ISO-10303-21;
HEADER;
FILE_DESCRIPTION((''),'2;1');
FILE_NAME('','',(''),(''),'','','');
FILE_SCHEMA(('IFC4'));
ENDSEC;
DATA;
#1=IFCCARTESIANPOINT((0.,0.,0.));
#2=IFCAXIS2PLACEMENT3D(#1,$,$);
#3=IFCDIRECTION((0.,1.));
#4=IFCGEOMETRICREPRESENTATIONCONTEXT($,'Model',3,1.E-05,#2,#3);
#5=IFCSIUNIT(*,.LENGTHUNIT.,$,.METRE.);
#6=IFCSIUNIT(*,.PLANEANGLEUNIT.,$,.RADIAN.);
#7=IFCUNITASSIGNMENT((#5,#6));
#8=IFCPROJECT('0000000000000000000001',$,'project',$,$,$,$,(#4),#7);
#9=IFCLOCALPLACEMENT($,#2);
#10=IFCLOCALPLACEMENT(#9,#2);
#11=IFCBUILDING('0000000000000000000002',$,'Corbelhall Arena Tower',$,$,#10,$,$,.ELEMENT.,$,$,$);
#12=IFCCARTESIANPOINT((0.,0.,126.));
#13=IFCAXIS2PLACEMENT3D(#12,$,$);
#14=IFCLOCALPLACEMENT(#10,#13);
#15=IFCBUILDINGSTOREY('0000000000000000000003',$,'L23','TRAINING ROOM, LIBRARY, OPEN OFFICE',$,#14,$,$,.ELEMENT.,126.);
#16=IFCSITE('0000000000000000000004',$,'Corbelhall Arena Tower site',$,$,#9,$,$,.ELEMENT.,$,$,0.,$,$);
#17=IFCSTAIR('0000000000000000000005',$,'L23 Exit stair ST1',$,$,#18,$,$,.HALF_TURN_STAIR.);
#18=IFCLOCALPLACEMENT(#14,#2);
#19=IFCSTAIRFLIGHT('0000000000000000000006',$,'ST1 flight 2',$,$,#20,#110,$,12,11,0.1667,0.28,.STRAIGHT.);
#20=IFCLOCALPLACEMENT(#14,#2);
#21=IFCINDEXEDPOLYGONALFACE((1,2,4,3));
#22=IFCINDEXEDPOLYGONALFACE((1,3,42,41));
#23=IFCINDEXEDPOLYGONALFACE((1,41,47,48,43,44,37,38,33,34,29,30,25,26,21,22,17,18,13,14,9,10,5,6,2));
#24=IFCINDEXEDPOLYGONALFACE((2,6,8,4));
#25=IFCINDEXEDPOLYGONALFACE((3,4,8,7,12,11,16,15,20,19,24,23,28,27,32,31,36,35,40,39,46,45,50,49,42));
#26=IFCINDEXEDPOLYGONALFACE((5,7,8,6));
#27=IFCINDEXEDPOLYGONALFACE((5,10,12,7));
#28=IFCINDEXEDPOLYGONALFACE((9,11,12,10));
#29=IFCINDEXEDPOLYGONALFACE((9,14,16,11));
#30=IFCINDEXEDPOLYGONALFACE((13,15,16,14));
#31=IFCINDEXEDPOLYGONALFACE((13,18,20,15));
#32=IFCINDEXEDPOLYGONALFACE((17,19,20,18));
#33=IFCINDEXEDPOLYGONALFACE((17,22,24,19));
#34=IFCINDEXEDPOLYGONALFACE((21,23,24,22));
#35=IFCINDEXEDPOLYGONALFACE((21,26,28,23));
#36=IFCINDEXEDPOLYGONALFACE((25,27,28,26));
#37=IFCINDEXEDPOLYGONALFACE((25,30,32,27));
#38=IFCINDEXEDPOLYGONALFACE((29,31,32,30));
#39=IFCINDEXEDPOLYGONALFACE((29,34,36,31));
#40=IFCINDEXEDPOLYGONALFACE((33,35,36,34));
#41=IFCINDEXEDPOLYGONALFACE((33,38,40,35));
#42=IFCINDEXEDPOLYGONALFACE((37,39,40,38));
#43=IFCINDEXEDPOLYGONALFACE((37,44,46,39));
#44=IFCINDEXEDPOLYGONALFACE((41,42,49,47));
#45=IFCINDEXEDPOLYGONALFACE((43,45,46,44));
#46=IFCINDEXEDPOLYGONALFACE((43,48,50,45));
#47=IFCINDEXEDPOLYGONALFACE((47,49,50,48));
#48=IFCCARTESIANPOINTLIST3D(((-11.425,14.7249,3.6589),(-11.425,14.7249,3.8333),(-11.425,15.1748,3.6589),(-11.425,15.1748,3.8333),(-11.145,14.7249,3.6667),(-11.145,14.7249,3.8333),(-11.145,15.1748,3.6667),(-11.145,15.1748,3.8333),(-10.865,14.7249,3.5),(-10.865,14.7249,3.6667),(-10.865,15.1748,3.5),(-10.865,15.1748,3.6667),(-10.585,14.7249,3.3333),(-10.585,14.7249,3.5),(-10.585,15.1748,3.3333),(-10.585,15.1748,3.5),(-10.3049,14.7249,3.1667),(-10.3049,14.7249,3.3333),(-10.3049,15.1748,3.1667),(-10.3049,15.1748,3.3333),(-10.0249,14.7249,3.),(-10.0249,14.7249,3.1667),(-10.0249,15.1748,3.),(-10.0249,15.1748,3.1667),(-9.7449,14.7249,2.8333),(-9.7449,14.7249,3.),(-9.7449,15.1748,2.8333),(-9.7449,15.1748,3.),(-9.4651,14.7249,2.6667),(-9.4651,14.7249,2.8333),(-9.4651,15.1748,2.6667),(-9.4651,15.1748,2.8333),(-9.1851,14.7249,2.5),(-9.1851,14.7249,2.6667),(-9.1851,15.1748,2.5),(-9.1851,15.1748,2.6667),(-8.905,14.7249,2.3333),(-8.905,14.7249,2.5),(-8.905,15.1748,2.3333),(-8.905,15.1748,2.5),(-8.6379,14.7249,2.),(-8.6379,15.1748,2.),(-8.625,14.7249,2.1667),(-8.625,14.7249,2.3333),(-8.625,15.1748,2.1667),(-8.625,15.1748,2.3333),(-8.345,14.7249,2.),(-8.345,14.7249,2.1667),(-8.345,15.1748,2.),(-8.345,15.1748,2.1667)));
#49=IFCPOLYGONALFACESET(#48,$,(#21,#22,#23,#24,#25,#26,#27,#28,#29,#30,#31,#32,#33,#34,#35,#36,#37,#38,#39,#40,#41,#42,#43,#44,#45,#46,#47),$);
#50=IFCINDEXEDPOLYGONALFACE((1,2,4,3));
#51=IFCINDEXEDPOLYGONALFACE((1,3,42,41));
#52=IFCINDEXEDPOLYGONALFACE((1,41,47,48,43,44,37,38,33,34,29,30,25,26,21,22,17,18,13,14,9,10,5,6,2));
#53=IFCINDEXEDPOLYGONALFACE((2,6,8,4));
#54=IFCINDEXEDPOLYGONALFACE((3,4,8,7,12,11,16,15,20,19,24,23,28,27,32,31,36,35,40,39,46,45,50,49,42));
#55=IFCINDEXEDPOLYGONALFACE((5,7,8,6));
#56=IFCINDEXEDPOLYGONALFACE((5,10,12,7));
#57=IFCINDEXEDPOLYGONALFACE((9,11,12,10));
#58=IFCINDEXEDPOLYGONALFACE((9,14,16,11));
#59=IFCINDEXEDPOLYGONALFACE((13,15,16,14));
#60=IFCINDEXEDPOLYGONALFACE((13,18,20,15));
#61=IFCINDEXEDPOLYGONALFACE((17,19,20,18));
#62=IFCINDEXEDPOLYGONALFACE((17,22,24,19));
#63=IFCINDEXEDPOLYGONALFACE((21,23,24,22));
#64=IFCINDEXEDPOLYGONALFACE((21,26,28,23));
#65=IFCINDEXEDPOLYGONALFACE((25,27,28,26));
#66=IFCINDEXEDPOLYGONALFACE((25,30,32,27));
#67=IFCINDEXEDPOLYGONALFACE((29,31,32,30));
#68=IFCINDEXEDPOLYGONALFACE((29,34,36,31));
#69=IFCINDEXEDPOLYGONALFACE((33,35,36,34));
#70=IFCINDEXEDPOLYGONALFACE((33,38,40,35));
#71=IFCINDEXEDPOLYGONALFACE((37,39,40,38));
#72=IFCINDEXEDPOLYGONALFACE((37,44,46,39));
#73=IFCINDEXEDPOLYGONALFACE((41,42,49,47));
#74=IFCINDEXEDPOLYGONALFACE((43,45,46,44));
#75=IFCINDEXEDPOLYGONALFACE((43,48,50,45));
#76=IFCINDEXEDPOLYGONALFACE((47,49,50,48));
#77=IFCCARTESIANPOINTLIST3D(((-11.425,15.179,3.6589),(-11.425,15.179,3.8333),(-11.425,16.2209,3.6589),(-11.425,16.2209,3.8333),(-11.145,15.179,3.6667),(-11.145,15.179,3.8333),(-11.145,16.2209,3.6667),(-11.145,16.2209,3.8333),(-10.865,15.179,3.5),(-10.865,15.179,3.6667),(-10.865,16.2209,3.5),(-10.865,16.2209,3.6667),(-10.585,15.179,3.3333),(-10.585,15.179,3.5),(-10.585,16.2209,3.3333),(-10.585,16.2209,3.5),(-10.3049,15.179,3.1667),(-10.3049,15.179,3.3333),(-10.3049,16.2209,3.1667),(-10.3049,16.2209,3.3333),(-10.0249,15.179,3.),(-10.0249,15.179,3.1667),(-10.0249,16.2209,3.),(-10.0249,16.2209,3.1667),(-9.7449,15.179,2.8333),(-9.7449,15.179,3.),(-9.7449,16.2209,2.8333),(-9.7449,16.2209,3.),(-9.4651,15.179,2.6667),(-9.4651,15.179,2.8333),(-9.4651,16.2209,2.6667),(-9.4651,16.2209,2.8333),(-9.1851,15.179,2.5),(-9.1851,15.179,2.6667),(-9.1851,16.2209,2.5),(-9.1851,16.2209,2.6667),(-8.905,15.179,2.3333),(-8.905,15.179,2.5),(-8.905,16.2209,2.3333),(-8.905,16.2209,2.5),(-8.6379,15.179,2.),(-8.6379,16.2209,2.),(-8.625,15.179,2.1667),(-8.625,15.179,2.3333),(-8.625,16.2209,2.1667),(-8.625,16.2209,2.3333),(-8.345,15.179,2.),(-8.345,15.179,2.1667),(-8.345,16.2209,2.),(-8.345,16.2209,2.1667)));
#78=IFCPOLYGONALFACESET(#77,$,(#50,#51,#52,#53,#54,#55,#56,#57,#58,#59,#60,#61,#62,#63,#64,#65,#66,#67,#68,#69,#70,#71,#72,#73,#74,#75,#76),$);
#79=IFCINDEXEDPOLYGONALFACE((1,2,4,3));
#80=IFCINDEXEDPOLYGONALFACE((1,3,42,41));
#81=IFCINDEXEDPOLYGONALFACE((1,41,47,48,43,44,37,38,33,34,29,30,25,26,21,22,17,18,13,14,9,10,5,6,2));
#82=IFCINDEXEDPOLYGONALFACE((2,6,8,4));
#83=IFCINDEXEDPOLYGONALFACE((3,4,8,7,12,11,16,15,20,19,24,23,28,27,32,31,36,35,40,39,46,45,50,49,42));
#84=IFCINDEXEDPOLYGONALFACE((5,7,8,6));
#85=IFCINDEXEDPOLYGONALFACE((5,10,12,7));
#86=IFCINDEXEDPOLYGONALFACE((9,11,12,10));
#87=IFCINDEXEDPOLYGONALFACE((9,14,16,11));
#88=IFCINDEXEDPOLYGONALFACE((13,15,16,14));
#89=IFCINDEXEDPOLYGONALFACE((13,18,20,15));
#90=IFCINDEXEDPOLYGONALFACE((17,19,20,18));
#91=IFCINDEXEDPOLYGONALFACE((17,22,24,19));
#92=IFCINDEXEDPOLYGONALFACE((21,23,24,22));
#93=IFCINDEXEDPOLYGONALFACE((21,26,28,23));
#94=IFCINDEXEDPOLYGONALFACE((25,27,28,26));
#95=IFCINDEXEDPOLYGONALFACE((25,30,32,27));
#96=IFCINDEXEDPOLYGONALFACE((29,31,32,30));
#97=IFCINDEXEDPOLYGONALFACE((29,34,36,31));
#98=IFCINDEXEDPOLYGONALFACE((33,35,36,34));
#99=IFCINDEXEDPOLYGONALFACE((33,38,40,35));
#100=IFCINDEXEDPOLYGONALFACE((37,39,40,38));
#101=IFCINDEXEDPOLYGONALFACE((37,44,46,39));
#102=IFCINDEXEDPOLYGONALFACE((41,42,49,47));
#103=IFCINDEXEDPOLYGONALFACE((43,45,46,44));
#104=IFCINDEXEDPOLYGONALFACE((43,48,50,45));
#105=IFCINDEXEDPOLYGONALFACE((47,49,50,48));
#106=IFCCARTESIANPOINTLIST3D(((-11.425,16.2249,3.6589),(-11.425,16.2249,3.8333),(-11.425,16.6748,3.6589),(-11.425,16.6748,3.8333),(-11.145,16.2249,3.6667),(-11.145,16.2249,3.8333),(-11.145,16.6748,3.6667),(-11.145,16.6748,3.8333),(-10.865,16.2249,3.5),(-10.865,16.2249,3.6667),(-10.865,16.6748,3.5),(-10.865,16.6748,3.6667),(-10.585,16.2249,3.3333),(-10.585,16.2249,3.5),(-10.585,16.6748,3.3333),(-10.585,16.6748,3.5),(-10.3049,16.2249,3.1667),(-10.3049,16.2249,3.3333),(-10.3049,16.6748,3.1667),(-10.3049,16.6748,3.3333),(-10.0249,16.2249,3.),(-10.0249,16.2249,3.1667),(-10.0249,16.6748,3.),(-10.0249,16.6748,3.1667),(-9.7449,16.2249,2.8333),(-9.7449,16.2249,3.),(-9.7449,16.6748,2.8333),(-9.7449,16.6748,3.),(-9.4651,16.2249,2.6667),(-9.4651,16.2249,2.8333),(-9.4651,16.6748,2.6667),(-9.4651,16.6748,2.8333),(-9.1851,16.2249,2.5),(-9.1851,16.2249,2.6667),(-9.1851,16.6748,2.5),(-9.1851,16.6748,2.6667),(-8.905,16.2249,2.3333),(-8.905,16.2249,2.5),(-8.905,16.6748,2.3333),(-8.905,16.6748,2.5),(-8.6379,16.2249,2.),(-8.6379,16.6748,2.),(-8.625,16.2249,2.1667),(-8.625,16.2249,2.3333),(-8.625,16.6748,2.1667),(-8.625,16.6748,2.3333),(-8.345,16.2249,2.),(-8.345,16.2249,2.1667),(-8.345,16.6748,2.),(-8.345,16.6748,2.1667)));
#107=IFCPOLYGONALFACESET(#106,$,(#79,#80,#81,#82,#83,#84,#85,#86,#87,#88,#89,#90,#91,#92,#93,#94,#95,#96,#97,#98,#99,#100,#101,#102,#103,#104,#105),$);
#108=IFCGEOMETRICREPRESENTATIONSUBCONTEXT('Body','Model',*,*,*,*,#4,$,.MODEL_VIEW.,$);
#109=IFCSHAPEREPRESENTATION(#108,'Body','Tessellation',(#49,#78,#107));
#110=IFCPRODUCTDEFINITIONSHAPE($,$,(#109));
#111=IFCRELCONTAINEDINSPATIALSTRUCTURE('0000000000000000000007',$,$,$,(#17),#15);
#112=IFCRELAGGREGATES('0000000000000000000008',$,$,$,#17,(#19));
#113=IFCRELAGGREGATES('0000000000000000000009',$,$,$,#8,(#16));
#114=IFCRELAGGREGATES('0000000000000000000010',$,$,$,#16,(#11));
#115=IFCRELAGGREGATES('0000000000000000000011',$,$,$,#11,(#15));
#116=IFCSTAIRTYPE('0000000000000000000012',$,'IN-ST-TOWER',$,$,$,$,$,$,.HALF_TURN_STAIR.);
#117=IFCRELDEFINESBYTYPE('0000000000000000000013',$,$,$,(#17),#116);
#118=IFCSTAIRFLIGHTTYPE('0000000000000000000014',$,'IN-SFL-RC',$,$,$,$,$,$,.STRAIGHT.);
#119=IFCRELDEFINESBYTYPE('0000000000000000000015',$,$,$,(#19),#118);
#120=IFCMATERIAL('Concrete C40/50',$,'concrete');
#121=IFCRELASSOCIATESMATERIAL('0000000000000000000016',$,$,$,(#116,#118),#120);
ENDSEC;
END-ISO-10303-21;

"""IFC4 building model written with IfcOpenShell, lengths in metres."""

from ifc_helpers import new_model, si_unit, direction, frame, origin, place, context, subcontext, project, spatial, polyline, outline, extrude, material, type_object, element, aggregate, save


model = new_model("IFC4")

# Units and contexts
model_context = context("Model", 3, precision=1e-05, world=origin(), true_north=direction((0.0, 1.0)))
body_context = subcontext(model_context, "Body", "Model", "MODEL_VIEW")
ifc_project = project(units=[si_unit("LENGTHUNIT", "METRE"), si_unit("PLANEANGLEUNIT", "RADIAN")], contexts=[model_context])

# Site, building, storey
site_placement = place(None, origin())
site = spatial("IfcSite", under=ifc_project, at=site_placement, Name="Corbelhall Arena Tower site", CompositionType="ELEMENT", RefElevation=0.0)
building_placement = place(site_placement, origin())
building = spatial("IfcBuilding", under=site, at=building_placement, Name="Corbelhall Arena Tower", CompositionType="ELEMENT")
storey_placement = place(building_placement, frame((0.0, 0.0, 126.0)))
storey = spatial("IfcBuildingStorey", under=building, at=storey_placement, Name="L23", Description="TRAINING ROOM, LIBRARY, OPEN OFFICE", CompositionType="ELEMENT", Elevation=126.0)

# Shared definitions
ifc_material_1 = material(Name="Concrete C40/50", Category="concrete")

# Stair, stair flight
stair_type = type_object("IfcStairType", Name="IN-ST-TOWER", PredefinedType="HALF_TURN_STAIR", material=ifc_material_1)
stair_placement = place(storey_placement, origin())
stair = element("IfcStair", 1, at=stair_placement, inside=storey, type_object=stair_type, Name="L23 Exit stair ST1", PredefinedType="HALF_TURN_STAIR")
stair_flight_type = type_object("IfcStairFlightType", Name="IN-SFL-RC", PredefinedType="STRAIGHT", material=ifc_material_1)
stair_flight_placement = place(storey_placement, frame((-8.345, 15.7, 2.0), z_axis=(0.0, 0.0, 1.0), x_axis=(-1.0, 0.0, 0.0)))
stair_flight = element("IfcStairFlight", 2, at=stair_flight_placement, type_object=stair_flight_type, Name="ST1 flight 2", NumberOfRisers=12, NumberOfTreads=11, PredefinedType="STRAIGHT", RiserHeight=0.1667, TreadLength=0.28, context=body_context, shape_type="SweptSolid", body=[
    extrude(outline(polyline([(0.0, 0.0), (0.0, 0.1667), (0.28, 0.1667), (0.28, 0.3333), (0.5601, 0.3333), (0.5601, 0.5), (0.8401, 0.5), (0.8401, 0.6667), (1.1201, 0.6667), (1.1201, 0.8333), (1.3999, 0.8333), (1.3999, 1.0), (1.6799, 1.0), (1.6799, 1.1667), (1.96, 1.1667), (1.96, 1.3333), (2.24, 1.3333), (2.24, 1.5), (2.52, 1.5), (2.52, 1.6667), (2.8, 1.6667), (2.8, 1.8333), (3.0801, 1.8333), (3.0801, 2.0), (3.0801, 1.6589), (0.293, 0.0), (0.0, 0.0)])), frame((0.0, 0.9751, 0.0), z_axis=(0.0, -1.0, 0.0), x_axis=(1.0, 0.0, 0.0)), (0.0, 0.0, 1.0), 0.45),
    extrude(outline(polyline([(0.0, 0.0), (0.0, 0.1667), (0.28, 0.1667), (0.28, 0.3333), (0.5601, 0.3333), (0.5601, 0.5), (0.8401, 0.5), (0.8401, 0.6667), (1.1201, 0.6667), (1.1201, 0.8333), (1.3999, 0.8333), (1.3999, 1.0), (1.6799, 1.0), (1.6799, 1.1667), (1.96, 1.1667), (1.96, 1.3333), (2.24, 1.3333), (2.24, 1.5), (2.52, 1.5), (2.52, 1.6667), (2.8, 1.6667), (2.8, 1.8333), (3.0801, 1.8333), (3.0801, 2.0), (3.0801, 1.6589), (0.293, 0.0), (0.0, 0.0)])), frame((0.0, 0.521, 0.0), z_axis=(0.0, -1.0, 0.0), x_axis=(1.0, 0.0, 0.0)), (0.0, 0.0, 1.0), 1.042),
    extrude(outline(polyline([(0.0, 0.0), (0.0, 0.1667), (0.28, 0.1667), (0.28, 0.3333), (0.5601, 0.3333), (0.5601, 0.5), (0.8401, 0.5), (0.8401, 0.6667), (1.1201, 0.6667), (1.1201, 0.8333), (1.3999, 0.8333), (1.3999, 1.0), (1.6799, 1.0), (1.6799, 1.1667), (1.96, 1.1667), (1.96, 1.3333), (2.24, 1.3333), (2.24, 1.5), (2.52, 1.5), (2.52, 1.6667), (2.8, 1.6667), (2.8, 1.8333), (3.0801, 1.8333), (3.0801, 2.0), (3.0801, 1.6589), (0.293, 0.0), (0.0, 0.0)])), frame((0.0, -0.5249, 0.0), z_axis=(0.0, -1.0, 0.0), x_axis=(1.0, 0.0, 0.0)), (0.0, 0.0, 1.0), 0.45),
])
aggregate(stair, [stair_flight])

save(model, "model.ifc")
